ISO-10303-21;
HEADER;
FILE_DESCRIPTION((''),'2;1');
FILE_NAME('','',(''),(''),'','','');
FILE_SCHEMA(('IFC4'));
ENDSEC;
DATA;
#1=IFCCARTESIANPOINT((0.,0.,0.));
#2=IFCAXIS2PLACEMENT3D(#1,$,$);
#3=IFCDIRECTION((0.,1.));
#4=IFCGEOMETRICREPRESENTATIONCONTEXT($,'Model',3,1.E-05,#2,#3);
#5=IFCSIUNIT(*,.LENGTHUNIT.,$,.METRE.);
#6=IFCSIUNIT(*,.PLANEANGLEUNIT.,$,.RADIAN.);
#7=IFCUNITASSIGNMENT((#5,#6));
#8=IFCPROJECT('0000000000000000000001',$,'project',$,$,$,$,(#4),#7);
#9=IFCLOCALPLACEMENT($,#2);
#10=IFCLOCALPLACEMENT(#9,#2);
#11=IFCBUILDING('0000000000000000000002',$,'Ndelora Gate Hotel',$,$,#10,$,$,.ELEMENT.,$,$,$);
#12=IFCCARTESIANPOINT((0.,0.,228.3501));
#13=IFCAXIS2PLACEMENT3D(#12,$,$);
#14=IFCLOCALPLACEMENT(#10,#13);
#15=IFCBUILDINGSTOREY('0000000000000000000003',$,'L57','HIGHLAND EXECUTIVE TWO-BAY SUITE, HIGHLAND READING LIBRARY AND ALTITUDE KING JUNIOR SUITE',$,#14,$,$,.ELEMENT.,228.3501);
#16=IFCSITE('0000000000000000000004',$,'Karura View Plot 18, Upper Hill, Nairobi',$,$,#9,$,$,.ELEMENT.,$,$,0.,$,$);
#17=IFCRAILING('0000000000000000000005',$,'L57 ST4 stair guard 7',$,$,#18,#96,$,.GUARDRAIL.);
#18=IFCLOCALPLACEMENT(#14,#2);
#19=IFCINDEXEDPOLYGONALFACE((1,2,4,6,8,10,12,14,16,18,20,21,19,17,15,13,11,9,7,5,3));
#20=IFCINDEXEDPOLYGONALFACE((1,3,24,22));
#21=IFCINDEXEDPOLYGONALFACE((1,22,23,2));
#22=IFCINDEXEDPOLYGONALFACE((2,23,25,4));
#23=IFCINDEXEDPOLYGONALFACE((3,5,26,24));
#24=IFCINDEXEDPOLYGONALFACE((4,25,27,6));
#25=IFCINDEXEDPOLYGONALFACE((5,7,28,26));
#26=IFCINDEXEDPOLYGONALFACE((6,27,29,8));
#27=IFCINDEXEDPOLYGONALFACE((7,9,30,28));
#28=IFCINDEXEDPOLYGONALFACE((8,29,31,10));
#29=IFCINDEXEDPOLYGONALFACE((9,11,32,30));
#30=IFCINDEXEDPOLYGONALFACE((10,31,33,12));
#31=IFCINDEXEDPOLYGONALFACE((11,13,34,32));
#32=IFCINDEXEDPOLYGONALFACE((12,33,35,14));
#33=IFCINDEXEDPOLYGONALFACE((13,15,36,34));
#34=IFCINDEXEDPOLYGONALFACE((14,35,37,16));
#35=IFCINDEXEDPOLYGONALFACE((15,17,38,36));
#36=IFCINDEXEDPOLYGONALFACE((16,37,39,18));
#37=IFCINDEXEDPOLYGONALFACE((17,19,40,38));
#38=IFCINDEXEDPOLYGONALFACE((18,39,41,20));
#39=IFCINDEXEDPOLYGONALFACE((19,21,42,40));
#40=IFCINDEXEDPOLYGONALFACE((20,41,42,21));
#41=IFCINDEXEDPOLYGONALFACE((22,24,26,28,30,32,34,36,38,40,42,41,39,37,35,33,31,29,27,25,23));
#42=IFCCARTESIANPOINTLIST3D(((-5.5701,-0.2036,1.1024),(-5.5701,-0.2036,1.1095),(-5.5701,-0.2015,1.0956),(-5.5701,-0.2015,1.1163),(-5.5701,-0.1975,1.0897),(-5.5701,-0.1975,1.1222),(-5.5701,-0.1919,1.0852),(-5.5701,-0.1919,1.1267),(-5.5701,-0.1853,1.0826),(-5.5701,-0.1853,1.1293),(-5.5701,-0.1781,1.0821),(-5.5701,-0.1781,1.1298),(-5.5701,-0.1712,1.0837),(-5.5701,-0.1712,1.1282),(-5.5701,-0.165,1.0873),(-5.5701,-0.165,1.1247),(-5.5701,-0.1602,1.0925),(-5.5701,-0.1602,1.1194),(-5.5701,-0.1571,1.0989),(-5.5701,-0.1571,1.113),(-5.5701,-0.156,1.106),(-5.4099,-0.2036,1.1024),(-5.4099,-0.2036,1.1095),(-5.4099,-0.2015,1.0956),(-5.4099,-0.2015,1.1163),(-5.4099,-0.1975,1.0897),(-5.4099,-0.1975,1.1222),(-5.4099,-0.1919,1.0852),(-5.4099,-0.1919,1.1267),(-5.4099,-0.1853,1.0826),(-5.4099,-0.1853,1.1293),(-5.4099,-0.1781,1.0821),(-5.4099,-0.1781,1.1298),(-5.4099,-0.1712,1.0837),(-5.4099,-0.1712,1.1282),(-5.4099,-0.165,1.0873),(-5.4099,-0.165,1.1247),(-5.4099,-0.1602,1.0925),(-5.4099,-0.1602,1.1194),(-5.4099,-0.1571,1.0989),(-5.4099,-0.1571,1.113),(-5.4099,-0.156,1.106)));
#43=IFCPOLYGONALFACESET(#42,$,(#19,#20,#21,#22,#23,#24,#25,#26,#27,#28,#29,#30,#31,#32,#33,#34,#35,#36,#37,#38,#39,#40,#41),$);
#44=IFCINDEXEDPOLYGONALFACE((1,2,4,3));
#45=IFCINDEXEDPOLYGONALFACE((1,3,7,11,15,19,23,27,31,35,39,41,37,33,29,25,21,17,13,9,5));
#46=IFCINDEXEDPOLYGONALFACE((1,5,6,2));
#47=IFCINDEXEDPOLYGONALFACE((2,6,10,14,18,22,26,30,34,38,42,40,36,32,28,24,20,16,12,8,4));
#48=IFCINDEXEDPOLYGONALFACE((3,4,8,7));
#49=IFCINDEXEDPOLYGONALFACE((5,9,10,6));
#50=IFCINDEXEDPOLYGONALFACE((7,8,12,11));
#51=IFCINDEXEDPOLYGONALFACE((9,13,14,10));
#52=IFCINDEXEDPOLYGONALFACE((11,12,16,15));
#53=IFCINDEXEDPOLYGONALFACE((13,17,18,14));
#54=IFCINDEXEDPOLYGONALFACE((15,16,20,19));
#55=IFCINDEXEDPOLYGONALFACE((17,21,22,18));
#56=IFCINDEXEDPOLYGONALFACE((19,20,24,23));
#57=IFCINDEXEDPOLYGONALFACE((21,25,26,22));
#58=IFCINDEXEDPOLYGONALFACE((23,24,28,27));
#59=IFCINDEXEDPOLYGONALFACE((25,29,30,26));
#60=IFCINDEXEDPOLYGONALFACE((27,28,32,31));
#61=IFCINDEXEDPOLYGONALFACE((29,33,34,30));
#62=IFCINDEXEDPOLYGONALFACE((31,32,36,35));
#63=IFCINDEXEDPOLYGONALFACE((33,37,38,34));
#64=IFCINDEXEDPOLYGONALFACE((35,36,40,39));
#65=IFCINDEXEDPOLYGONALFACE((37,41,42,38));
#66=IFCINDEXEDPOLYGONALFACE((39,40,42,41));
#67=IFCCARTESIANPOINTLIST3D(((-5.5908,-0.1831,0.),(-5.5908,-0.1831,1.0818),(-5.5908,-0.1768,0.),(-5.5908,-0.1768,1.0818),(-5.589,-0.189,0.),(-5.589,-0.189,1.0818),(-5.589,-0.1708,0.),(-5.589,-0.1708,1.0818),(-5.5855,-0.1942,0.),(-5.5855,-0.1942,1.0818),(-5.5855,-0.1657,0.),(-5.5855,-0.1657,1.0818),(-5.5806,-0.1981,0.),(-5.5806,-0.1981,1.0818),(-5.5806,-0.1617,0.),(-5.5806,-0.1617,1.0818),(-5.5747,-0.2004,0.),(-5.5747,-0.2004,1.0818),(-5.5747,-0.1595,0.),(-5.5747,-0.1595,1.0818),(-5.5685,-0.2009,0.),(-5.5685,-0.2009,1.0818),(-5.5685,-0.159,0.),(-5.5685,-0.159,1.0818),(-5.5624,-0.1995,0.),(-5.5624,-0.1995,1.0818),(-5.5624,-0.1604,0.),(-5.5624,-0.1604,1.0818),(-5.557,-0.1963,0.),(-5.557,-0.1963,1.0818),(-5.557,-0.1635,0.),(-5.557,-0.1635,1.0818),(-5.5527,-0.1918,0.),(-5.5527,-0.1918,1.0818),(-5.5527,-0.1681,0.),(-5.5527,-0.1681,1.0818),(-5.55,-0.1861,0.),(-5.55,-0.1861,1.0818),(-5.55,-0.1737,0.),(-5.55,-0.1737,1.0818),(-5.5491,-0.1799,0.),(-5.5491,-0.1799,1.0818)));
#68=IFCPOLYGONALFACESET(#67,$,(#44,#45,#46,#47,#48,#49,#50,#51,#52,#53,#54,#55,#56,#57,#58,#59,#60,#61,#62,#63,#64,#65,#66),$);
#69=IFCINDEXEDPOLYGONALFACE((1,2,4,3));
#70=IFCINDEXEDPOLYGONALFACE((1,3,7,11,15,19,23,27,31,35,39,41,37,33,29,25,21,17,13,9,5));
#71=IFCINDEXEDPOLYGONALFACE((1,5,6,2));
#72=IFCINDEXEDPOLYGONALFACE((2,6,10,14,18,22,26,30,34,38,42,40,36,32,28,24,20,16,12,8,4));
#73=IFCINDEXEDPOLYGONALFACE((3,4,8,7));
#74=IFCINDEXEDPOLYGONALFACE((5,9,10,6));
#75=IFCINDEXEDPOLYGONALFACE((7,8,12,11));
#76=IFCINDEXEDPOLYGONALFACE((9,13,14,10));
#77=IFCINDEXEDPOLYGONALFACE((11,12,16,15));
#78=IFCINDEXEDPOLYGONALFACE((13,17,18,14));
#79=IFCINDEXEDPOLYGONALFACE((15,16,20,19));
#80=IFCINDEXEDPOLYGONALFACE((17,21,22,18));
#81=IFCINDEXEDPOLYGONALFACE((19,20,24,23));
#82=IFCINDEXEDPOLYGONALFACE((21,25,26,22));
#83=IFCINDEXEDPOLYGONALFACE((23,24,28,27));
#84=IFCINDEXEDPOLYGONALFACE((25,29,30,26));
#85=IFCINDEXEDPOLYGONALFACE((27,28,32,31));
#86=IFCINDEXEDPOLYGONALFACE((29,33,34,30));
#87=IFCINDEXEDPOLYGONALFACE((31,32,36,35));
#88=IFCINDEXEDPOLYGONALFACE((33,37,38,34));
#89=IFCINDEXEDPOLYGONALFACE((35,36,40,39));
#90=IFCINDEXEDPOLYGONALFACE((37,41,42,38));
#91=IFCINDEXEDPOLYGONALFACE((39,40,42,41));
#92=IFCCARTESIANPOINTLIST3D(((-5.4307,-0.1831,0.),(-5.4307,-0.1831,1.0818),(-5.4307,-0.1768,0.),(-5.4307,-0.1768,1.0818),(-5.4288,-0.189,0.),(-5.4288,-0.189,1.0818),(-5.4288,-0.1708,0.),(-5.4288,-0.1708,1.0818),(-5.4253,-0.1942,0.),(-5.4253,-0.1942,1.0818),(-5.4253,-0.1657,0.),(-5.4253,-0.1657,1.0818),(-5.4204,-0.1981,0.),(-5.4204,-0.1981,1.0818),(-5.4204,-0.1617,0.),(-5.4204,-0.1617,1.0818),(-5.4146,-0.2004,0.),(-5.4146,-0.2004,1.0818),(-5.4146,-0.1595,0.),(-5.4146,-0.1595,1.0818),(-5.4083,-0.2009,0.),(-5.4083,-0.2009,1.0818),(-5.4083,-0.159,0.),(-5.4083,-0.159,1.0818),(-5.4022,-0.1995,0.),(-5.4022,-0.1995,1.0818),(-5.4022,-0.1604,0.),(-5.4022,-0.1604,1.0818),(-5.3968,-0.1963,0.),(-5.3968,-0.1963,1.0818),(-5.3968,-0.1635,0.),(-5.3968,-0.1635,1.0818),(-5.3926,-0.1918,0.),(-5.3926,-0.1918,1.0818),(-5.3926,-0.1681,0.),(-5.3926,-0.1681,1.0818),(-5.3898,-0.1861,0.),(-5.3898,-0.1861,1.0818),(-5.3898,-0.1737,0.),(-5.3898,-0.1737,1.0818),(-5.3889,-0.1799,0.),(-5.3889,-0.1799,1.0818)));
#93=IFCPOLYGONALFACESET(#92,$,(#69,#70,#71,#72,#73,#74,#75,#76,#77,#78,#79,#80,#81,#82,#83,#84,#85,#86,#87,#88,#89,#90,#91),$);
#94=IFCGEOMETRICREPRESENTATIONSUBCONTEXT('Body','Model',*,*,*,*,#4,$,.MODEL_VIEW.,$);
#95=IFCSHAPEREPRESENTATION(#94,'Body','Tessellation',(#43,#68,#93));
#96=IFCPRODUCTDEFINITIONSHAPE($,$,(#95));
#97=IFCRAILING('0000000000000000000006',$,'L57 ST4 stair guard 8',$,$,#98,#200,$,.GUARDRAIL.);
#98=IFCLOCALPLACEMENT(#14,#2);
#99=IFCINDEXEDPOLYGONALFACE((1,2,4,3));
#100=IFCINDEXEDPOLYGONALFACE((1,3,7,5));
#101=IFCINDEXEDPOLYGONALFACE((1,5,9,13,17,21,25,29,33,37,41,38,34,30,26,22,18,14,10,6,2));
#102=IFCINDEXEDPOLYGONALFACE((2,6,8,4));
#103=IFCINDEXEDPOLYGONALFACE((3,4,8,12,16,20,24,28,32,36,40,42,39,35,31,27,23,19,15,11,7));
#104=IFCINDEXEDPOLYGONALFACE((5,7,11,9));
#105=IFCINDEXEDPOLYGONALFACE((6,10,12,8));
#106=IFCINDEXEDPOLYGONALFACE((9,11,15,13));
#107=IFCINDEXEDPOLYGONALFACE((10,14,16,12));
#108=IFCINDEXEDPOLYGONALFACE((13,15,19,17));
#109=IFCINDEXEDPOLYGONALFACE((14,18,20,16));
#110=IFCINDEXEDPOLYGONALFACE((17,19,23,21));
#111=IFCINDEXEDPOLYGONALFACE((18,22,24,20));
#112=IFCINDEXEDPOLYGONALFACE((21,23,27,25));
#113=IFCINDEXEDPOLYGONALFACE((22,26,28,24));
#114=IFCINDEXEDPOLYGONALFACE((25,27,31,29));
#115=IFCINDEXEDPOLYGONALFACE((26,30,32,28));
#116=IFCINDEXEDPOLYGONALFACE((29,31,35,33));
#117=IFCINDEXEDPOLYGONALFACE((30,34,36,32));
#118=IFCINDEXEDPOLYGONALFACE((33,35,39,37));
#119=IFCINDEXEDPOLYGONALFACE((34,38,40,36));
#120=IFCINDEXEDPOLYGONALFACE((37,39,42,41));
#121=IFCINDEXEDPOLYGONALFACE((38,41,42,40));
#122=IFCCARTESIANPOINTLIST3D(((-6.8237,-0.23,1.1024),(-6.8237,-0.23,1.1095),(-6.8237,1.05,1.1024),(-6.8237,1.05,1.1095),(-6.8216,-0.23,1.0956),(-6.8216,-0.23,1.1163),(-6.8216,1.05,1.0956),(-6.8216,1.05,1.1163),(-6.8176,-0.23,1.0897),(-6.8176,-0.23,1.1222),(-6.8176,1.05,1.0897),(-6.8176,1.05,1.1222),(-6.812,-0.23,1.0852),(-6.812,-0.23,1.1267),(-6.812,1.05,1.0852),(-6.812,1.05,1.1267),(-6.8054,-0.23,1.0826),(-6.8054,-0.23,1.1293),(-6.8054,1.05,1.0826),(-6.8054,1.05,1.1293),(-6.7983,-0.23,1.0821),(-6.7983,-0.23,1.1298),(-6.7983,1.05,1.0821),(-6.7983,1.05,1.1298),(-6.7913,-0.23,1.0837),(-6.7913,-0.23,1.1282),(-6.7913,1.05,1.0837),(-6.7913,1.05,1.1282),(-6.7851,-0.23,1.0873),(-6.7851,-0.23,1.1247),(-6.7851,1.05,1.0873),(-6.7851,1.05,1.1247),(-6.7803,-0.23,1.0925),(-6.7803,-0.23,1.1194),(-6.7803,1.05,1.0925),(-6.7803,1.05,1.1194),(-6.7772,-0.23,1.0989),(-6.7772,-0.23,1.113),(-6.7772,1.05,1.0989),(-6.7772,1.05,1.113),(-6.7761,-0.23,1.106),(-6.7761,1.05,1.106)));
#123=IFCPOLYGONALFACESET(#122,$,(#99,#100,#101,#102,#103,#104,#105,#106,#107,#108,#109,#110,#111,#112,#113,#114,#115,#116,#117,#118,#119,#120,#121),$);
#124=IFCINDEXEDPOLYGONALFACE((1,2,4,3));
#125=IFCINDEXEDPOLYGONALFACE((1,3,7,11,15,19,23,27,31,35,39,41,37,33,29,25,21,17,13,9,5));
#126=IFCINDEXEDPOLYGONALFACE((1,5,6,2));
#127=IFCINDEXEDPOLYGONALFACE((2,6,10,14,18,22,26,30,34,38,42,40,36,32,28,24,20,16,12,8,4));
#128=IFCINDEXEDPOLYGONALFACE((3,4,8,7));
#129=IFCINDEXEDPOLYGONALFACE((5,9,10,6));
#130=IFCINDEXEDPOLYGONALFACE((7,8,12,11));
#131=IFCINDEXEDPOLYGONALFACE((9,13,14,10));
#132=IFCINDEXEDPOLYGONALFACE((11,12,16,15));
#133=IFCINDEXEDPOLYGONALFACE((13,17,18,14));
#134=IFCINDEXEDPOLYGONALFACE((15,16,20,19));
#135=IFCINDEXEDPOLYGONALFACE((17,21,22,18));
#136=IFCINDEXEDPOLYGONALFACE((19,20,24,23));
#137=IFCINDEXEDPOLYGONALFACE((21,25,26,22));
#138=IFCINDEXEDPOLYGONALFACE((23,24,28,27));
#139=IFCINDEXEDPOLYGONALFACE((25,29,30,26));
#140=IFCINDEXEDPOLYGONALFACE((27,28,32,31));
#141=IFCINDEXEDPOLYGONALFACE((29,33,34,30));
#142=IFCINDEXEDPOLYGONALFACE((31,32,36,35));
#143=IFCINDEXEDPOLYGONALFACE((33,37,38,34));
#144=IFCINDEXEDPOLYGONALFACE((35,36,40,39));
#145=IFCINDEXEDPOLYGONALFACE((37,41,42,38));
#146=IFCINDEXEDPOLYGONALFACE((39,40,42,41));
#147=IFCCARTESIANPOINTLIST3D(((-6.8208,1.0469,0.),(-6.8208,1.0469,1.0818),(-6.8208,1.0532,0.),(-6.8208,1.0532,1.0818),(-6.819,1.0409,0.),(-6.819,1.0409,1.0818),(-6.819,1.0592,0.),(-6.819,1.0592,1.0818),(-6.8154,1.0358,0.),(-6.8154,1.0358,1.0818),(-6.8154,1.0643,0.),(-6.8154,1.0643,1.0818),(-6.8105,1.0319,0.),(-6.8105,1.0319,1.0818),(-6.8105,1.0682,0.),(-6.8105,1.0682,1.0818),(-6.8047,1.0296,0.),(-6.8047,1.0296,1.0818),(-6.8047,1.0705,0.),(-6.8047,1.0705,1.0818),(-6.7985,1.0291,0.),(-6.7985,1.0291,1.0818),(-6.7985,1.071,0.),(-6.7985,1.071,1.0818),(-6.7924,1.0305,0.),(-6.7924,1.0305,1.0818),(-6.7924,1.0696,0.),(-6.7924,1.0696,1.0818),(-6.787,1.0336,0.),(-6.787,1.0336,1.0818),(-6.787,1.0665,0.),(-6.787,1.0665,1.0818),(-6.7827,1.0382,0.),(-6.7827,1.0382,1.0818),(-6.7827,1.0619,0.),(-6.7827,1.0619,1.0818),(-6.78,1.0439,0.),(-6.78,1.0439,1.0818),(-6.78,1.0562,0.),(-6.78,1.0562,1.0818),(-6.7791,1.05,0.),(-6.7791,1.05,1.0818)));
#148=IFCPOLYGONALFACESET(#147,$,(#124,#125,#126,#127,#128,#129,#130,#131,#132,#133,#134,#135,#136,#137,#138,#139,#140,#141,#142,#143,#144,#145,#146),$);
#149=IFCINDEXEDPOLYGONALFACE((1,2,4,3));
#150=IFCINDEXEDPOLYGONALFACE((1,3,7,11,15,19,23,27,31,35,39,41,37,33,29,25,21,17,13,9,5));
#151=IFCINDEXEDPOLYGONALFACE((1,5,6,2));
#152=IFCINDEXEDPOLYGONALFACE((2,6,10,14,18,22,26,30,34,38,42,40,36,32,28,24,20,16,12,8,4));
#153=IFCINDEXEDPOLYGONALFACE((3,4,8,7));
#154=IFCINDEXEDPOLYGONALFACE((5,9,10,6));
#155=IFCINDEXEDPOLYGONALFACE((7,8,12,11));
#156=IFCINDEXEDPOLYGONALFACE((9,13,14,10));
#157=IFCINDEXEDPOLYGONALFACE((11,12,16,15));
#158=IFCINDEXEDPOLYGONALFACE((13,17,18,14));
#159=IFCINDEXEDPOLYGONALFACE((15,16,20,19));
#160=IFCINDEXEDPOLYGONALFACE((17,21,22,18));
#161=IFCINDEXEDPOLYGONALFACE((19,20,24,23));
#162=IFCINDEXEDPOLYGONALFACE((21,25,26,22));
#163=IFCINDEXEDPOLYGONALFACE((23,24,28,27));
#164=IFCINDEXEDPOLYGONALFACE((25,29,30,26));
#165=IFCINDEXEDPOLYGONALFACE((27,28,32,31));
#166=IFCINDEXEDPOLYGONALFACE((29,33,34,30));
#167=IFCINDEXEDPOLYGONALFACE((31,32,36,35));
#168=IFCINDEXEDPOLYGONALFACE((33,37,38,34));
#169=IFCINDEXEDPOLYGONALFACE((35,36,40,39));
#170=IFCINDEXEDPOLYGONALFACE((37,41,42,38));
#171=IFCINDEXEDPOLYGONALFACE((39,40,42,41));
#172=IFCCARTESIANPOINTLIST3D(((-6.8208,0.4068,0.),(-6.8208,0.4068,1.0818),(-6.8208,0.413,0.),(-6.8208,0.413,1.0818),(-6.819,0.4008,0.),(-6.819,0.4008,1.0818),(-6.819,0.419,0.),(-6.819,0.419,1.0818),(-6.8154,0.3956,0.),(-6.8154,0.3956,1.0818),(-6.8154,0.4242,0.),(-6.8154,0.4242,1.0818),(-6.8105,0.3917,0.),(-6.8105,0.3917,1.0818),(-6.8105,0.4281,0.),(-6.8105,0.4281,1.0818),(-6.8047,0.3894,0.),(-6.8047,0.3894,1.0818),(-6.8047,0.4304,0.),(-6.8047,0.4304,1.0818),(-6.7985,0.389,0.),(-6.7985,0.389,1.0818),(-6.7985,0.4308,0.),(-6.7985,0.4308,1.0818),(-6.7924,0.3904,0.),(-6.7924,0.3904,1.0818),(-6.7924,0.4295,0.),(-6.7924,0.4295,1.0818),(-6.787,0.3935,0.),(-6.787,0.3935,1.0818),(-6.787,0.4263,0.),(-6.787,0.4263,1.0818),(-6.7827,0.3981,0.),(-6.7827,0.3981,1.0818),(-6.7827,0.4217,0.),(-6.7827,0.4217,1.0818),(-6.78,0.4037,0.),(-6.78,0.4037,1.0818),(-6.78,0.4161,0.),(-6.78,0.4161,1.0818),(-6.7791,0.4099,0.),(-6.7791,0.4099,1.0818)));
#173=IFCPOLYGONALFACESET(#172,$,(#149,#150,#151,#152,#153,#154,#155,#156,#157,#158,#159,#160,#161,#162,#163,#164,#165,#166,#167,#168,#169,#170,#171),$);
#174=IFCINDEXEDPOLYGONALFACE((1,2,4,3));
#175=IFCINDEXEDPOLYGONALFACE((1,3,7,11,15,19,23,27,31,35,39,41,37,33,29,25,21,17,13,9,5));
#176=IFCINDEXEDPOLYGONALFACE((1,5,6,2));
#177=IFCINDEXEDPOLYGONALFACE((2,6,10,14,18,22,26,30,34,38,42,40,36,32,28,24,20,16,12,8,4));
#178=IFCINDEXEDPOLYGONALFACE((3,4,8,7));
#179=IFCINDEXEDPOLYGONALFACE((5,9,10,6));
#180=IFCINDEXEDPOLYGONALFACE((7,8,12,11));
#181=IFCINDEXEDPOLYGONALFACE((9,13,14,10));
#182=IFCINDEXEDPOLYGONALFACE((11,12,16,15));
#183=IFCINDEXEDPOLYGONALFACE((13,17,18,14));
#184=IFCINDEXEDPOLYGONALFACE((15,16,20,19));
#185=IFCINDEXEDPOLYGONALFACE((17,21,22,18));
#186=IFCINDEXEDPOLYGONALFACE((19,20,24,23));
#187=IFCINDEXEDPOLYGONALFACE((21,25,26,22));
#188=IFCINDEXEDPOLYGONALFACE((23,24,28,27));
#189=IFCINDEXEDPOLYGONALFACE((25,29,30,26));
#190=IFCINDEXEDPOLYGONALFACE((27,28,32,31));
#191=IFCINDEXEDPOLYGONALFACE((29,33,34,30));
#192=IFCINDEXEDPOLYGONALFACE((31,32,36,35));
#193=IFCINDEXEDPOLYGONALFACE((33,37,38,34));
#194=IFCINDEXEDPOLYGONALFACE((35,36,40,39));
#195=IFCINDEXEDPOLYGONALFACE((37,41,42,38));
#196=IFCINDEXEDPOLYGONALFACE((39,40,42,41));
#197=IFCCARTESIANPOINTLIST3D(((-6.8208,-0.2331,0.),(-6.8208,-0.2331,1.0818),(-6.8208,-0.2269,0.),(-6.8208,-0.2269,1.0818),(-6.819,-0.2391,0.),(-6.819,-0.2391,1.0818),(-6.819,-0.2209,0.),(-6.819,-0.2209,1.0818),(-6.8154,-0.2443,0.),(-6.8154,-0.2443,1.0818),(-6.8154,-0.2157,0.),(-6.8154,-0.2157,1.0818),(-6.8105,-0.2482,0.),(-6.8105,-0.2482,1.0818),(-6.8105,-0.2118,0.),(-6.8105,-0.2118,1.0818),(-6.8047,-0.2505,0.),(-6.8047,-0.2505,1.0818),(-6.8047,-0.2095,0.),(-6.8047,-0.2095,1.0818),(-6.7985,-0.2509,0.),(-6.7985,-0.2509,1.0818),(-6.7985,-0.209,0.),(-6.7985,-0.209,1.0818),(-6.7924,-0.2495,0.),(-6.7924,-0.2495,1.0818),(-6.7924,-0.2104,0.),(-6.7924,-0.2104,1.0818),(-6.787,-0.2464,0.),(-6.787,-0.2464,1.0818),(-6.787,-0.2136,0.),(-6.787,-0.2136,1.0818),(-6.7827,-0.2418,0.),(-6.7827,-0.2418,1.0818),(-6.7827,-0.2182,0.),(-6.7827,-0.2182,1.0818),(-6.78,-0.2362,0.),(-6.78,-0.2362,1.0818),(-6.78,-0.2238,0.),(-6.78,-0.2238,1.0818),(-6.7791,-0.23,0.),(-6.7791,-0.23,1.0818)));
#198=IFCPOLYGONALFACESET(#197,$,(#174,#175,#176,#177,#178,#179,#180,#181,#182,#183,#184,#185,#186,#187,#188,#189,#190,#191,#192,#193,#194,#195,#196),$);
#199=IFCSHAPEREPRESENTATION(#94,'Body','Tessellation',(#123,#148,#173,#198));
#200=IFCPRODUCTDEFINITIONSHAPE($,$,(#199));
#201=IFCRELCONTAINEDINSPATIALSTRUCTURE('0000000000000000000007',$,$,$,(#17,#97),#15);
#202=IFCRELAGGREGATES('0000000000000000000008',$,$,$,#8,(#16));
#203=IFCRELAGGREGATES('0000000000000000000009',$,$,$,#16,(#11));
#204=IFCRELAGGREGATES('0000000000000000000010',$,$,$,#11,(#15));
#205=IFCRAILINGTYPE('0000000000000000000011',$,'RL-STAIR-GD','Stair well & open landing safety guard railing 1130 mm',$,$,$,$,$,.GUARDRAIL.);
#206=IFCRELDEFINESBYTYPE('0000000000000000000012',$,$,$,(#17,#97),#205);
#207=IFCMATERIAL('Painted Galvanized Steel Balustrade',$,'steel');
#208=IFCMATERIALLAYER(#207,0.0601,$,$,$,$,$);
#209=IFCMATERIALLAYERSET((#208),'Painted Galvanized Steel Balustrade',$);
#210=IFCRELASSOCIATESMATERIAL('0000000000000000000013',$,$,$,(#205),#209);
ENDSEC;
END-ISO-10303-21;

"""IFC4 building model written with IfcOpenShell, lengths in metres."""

from ifc_helpers import new_model, si_unit, direction, frame, origin, origin_2d, place, context, subcontext, project, spatial, circle, extrude, material, layer, layer_set, type_object, element, save


model = new_model("IFC4")

# Units and contexts
model_context = context("Model", 3, precision=1e-05, world=origin(), true_north=direction((0.0, 1.0)))
body_context = subcontext(model_context, "Body", "Model", "MODEL_VIEW")
ifc_project = project(units=[si_unit("LENGTHUNIT", "METRE"), si_unit("PLANEANGLEUNIT", "RADIAN")], contexts=[model_context])

# Site, building, storey
site_placement = place(None, origin())
site = spatial("IfcSite", under=ifc_project, at=site_placement, Name="Karura View Plot 18, Upper Hill, Nairobi", CompositionType="ELEMENT", RefElevation=0.0)
building_placement = place(site_placement, origin())
building = spatial("IfcBuilding", under=site, at=building_placement, Name="Ndelora Gate Hotel", CompositionType="ELEMENT")
storey_placement = place(building_placement, frame((0.0, 0.0, 228.3501)))
storey = spatial("IfcBuildingStorey", under=building, at=storey_placement, Name="L57", Description="HIGHLAND EXECUTIVE TWO-BAY SUITE, HIGHLAND READING LIBRARY AND ALTITUDE KING JUNIOR SUITE", CompositionType="ELEMENT", Elevation=228.3501)

# Railings
ifc_material_1 = material(Name="Painted Galvanized Steel Balustrade", Category="steel")
ifc_layer_1 = layer(ifc_material_1, 0.0601)
ifc_layer_set_1 = layer_set([ifc_layer_1], Name="Painted Galvanized Steel Balustrade")
railing_type_1 = type_object("IfcRailingType", Name="RL-STAIR-GD", Description="Stair well & open landing safety guard railing 1130 mm", PredefinedType="GUARDRAIL", material=ifc_layer_set_1)
railing_1_placement = place(storey_placement, frame((-5.5701, -0.1799, 0.0)))
element("IfcRailing", 1, at=railing_1_placement, inside=storey, type_object=railing_type_1, Name="L57 ST4 stair guard 7", PredefinedType="GUARDRAIL", context=body_context, shape_type="SweptSolid", body=[
    extrude(circle(Radius=0.0239, at=origin_2d()), frame((0.0, 0.0, 1.106), z_axis=(1.0, 0.0, 0.0), x_axis=(0.0, 1.0, 0.0)), (0.0, 0.0, 1.0), 0.1602),
    extrude(circle(Radius=0.021, at=origin_2d()), origin(), (0.0, 0.0, 1.0), 1.0818),
    extrude(circle(Radius=0.021, at=origin_2d()), frame((0.1602, 0.0, 0.0)), (0.0, 0.0, 1.0), 1.0818),
])
for number, where, name in (
    (2, (-6.8, 1.05, 0.0), "L57 ST4 stair guard 8"),
):
    element("IfcRailing", number, at=place(storey_placement, frame(where)), inside=storey, type_object=railing_type_1, Name=name, PredefinedType="GUARDRAIL", context=body_context, shape_type="SweptSolid", body=[
        extrude(circle(Radius=0.0239, at=origin_2d()), frame((0.0, 0.0, 1.106), z_axis=(0.0, -1.0, 0.0), x_axis=(1.0, 0.0, 0.0)), (0.0, 0.0, 1.0), 1.28),
        extrude(circle(Radius=0.021, at=origin_2d()), origin(), (0.0, 0.0, 1.0), 1.0818),
        extrude(circle(Radius=0.021, at=origin_2d()), frame((0.0, -0.6401, 0.0)), (0.0, 0.0, 1.0), 1.0818),
        extrude(circle(Radius=0.021, at=origin_2d()), frame((0.0, -1.28, 0.0)), (0.0, 0.0, 1.0), 1.0818),
    ])

save(model, "model.ifc")
